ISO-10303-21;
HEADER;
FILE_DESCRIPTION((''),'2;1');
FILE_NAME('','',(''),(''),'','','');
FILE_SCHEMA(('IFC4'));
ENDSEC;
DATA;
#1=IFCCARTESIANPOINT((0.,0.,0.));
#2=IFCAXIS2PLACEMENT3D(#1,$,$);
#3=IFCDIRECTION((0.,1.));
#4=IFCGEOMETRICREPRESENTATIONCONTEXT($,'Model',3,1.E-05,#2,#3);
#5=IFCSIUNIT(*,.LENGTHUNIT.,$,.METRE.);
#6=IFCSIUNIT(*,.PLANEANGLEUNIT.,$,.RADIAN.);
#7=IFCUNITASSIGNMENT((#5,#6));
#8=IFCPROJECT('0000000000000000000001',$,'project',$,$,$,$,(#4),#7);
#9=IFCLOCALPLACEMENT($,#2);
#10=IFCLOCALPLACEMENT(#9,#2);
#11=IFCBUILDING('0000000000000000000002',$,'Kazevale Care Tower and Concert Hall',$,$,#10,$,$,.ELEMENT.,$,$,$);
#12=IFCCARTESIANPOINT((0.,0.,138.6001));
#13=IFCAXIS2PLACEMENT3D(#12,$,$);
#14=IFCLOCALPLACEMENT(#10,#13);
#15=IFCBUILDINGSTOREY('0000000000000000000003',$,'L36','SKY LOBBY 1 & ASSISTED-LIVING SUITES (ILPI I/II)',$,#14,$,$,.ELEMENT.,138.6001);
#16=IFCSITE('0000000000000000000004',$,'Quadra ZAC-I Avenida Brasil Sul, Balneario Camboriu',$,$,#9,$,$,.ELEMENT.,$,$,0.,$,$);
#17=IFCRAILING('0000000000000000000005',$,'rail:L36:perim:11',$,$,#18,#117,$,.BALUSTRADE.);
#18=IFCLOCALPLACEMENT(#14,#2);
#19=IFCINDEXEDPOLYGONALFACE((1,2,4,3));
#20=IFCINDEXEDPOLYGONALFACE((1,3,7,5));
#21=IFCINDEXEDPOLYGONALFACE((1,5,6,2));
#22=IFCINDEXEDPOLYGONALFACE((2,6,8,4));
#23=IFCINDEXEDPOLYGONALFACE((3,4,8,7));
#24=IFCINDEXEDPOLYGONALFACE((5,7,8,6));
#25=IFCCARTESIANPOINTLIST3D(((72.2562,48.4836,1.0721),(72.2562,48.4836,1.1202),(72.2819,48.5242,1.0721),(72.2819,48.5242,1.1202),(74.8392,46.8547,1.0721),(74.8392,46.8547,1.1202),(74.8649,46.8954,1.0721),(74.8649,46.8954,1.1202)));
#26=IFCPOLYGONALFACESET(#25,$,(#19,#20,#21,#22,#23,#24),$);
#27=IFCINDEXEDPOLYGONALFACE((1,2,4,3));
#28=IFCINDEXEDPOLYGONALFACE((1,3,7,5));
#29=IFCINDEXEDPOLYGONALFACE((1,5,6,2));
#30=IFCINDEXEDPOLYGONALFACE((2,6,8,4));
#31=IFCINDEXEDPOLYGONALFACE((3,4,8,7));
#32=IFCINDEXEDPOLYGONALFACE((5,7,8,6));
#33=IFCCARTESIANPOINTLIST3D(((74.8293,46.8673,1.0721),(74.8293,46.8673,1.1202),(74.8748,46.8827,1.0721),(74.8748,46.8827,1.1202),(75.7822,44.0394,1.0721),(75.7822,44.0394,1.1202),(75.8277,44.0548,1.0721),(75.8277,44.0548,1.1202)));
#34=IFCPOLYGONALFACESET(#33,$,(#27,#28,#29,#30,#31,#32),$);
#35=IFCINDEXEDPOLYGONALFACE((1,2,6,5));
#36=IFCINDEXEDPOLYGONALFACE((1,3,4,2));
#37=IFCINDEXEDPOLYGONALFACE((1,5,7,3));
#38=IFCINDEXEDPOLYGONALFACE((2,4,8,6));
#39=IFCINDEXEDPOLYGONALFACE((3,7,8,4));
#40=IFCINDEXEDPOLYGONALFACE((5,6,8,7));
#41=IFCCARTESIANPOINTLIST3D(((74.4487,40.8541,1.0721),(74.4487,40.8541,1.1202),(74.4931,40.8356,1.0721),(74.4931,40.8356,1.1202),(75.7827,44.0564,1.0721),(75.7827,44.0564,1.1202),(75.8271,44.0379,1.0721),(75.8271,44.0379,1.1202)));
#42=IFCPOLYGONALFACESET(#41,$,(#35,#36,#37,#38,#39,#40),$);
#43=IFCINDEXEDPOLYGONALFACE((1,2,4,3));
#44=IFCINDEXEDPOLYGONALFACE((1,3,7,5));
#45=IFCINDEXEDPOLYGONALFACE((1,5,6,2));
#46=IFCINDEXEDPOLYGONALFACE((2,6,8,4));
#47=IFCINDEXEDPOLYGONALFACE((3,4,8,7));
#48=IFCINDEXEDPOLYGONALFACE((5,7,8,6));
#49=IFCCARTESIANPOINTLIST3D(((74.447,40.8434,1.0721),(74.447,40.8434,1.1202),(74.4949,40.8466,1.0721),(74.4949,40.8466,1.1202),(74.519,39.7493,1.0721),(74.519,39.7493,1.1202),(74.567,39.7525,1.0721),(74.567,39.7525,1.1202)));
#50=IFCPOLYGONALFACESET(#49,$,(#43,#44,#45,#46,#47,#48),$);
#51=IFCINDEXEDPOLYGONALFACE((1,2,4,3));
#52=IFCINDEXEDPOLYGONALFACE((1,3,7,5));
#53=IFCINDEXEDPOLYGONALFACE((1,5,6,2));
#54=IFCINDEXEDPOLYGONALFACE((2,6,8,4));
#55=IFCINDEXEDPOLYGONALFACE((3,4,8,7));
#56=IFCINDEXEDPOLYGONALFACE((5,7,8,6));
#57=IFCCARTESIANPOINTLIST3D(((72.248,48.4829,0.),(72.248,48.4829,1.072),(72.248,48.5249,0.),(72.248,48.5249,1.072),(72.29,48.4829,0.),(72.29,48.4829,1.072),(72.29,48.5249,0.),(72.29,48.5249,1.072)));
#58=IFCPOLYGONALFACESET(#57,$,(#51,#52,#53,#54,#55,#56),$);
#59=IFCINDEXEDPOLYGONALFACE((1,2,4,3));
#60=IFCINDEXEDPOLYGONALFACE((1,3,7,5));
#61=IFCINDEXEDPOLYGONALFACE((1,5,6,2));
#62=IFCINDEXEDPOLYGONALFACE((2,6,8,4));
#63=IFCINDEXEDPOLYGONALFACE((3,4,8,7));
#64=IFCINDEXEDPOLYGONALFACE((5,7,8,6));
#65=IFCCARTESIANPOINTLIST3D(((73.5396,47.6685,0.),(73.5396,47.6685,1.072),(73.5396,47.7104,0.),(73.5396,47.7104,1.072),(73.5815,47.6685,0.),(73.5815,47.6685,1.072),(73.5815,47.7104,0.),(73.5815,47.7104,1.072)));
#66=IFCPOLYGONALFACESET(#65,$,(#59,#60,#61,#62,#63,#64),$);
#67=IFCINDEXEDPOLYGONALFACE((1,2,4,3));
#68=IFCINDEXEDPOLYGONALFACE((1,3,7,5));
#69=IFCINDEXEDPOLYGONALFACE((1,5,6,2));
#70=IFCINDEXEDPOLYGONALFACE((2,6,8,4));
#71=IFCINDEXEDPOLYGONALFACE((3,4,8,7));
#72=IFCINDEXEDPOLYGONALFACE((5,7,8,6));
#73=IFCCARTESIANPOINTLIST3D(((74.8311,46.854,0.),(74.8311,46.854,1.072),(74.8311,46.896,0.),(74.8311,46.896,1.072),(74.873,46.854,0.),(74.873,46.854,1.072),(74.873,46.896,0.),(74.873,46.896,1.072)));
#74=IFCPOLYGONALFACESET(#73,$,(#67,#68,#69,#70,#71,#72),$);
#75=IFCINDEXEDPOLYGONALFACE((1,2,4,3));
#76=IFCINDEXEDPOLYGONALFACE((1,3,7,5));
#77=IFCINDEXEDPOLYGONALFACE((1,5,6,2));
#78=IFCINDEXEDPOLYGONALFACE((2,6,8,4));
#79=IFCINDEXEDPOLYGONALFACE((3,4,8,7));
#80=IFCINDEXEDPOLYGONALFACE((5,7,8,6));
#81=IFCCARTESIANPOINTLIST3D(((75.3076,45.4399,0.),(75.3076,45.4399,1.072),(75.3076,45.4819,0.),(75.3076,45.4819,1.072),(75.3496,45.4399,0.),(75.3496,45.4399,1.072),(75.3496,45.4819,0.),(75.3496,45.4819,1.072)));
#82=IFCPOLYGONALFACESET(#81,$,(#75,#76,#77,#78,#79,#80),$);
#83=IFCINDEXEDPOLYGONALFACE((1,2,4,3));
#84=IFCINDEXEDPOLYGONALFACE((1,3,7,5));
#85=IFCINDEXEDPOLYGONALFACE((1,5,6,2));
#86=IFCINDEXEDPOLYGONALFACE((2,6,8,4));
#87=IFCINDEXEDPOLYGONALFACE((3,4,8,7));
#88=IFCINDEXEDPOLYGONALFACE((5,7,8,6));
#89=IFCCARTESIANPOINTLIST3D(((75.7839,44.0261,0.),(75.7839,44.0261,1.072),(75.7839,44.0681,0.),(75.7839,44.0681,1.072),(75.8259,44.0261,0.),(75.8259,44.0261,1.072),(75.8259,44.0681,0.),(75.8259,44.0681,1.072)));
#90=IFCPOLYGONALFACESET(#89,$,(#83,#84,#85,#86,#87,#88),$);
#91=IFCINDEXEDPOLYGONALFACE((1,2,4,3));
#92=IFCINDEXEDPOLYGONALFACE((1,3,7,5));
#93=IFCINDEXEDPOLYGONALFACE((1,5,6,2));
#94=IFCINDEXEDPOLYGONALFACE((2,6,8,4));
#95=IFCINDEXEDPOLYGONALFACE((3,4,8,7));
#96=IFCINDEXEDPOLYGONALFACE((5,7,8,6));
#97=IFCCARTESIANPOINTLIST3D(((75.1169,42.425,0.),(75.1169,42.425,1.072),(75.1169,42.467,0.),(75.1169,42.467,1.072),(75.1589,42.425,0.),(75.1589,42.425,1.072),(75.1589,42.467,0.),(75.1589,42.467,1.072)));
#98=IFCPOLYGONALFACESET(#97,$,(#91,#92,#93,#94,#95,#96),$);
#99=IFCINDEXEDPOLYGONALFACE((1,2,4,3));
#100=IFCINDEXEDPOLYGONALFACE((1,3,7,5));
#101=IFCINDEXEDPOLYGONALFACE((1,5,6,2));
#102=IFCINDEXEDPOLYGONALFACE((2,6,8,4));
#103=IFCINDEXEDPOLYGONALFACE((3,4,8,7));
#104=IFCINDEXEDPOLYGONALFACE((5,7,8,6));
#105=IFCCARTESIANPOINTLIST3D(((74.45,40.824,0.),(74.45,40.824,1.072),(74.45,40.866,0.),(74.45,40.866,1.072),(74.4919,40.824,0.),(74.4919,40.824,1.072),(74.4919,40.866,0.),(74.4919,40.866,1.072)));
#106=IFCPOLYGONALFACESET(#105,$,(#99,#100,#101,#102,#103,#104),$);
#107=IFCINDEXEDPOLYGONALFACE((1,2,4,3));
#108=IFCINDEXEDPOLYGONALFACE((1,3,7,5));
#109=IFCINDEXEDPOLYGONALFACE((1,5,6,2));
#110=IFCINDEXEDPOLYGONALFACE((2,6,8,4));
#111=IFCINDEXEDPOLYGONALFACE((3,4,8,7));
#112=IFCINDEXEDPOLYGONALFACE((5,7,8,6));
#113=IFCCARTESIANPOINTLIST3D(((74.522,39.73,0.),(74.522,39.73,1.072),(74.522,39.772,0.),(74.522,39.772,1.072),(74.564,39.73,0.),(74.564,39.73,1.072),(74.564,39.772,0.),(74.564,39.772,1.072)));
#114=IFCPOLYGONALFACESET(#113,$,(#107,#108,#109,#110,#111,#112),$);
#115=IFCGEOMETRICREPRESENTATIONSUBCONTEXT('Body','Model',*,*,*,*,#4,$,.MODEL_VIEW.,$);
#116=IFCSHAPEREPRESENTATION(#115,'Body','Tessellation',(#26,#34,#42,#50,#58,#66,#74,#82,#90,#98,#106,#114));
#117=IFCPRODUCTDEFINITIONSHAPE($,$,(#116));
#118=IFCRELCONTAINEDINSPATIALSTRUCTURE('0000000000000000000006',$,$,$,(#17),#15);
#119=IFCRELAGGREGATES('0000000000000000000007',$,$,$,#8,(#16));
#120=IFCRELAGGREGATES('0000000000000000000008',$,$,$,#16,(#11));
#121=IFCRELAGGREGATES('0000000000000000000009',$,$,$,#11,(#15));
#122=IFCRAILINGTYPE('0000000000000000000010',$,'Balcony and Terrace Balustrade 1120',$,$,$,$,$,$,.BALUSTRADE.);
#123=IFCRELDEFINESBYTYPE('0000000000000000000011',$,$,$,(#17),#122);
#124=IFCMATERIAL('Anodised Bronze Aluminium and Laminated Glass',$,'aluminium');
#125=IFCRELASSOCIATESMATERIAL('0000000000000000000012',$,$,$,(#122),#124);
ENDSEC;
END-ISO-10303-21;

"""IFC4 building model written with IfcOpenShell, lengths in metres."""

from ifc_helpers import new_model, si_unit, direction, frame, origin, origin_2d, place, context, subcontext, project, spatial, rectangle, extrude, material, type_object, element, save


model = new_model("IFC4")

# Units and contexts
model_context = context("Model", 3, precision=1e-05, world=origin(), true_north=direction((0.0, 1.0)))
body_context = subcontext(model_context, "Body", "Model", "MODEL_VIEW")
ifc_project = project(units=[si_unit("LENGTHUNIT", "METRE"), si_unit("PLANEANGLEUNIT", "RADIAN")], contexts=[model_context])

# Site, building, storey
site_placement = place(None, origin())
site = spatial("IfcSite", under=ifc_project, at=site_placement, Name="Quadra ZAC-I Avenida Brasil Sul, Balneario Camboriu", CompositionType="ELEMENT", RefElevation=0.0)
building_placement = place(site_placement, origin())
building = spatial("IfcBuilding", under=site, at=building_placement, Name="Kazevale Care Tower and Concert Hall", CompositionType="ELEMENT")
storey_placement = place(building_placement, frame((0.0, 0.0, 138.6001)))
storey = spatial("IfcBuildingStorey", under=building, at=storey_placement, Name="L36", Description="SKY LOBBY 1 & ASSISTED-LIVING SUITES (ILPI I/II)", CompositionType="ELEMENT", Elevation=138.6001)

# Railing
ifc_material_1 = material(Name="Anodised Bronze Aluminium and Laminated Glass", Category="aluminium")
railing_type = type_object("IfcRailingType", Name="Balcony and Terrace Balustrade 1120", PredefinedType="BALUSTRADE", material=ifc_material_1)
railing_1_placement = place(storey_placement, frame((72.269, 48.5039, 0.0)))
element("IfcRailing", 1, at=railing_1_placement, inside=storey, type_object=railing_type, Name="rail:L36:perim:11", PredefinedType="BALUSTRADE", context=body_context, shape_type="SweptSolid", body=[
    extrude(rectangle(XDim=0.0481, YDim=0.0481, at=origin_2d()), frame((0.0, 0.0, 1.0962), z_axis=(0.845853, -0.533415, 0.0), x_axis=(0.533415, 0.845853, 0.0)), (0.0, 0.0, 1.0), 3.0537),
    extrude(rectangle(XDim=0.0481, YDim=0.0481, at=origin_2d()), frame((2.583, -1.6289, 1.0962), z_axis=(0.319319, -0.947647, 0.0), x_axis=(0.947647, 0.319319, 0.0)), (0.0, 0.0, 1.0), 2.9841),
    extrude(rectangle(XDim=0.0481, YDim=0.0481, at=origin_2d()), frame((3.5359, -4.4568, 1.0962), z_axis=(-0.384555, -0.923102, 0.0), x_axis=(0.923102, -0.384555, 0.0)), (0.0, 0.0, 1.0), 3.469),
    extrude(rectangle(XDim=0.0481, YDim=0.0481, at=origin_2d()), frame((2.2019, -7.6589, 1.0962), z_axis=(0.065691, -0.99784, 0.0), x_axis=(0.99784, 0.065691, 0.0)), (0.0, 0.0, 1.0), 1.0964),
    extrude(rectangle(XDim=0.042, YDim=0.042, at=origin_2d()), origin(), (0.0, 0.0, 1.0), 1.072),
    extrude(rectangle(XDim=0.042, YDim=0.042, at=origin_2d()), frame((1.2915, -0.8145, 0.0)), (0.0, 0.0, 1.0), 1.072),
    extrude(rectangle(XDim=0.042, YDim=0.042, at=origin_2d()), frame((2.583, -1.6289, 0.0)), (0.0, 0.0, 1.0), 1.072),
    extrude(rectangle(XDim=0.042, YDim=0.042, at=origin_2d()), frame((3.0596, -3.043, 0.0)), (0.0, 0.0, 1.0), 1.072),
    extrude(rectangle(XDim=0.042, YDim=0.042, at=origin_2d()), frame((3.5359, -4.4568, 0.0)), (0.0, 0.0, 1.0), 1.072),
    extrude(rectangle(XDim=0.042, YDim=0.042, at=origin_2d()), frame((2.8689, -6.0579, 0.0)), (0.0, 0.0, 1.0), 1.072),
    extrude(rectangle(XDim=0.042, YDim=0.042, at=origin_2d()), frame((2.2019, -7.6589, 0.0)), (0.0, 0.0, 1.0), 1.072),
    extrude(rectangle(XDim=0.042, YDim=0.042, at=origin_2d()), frame((2.2739, -8.7529, 0.0)), (0.0, 0.0, 1.0), 1.072),
])

save(model, "model.ifc")
